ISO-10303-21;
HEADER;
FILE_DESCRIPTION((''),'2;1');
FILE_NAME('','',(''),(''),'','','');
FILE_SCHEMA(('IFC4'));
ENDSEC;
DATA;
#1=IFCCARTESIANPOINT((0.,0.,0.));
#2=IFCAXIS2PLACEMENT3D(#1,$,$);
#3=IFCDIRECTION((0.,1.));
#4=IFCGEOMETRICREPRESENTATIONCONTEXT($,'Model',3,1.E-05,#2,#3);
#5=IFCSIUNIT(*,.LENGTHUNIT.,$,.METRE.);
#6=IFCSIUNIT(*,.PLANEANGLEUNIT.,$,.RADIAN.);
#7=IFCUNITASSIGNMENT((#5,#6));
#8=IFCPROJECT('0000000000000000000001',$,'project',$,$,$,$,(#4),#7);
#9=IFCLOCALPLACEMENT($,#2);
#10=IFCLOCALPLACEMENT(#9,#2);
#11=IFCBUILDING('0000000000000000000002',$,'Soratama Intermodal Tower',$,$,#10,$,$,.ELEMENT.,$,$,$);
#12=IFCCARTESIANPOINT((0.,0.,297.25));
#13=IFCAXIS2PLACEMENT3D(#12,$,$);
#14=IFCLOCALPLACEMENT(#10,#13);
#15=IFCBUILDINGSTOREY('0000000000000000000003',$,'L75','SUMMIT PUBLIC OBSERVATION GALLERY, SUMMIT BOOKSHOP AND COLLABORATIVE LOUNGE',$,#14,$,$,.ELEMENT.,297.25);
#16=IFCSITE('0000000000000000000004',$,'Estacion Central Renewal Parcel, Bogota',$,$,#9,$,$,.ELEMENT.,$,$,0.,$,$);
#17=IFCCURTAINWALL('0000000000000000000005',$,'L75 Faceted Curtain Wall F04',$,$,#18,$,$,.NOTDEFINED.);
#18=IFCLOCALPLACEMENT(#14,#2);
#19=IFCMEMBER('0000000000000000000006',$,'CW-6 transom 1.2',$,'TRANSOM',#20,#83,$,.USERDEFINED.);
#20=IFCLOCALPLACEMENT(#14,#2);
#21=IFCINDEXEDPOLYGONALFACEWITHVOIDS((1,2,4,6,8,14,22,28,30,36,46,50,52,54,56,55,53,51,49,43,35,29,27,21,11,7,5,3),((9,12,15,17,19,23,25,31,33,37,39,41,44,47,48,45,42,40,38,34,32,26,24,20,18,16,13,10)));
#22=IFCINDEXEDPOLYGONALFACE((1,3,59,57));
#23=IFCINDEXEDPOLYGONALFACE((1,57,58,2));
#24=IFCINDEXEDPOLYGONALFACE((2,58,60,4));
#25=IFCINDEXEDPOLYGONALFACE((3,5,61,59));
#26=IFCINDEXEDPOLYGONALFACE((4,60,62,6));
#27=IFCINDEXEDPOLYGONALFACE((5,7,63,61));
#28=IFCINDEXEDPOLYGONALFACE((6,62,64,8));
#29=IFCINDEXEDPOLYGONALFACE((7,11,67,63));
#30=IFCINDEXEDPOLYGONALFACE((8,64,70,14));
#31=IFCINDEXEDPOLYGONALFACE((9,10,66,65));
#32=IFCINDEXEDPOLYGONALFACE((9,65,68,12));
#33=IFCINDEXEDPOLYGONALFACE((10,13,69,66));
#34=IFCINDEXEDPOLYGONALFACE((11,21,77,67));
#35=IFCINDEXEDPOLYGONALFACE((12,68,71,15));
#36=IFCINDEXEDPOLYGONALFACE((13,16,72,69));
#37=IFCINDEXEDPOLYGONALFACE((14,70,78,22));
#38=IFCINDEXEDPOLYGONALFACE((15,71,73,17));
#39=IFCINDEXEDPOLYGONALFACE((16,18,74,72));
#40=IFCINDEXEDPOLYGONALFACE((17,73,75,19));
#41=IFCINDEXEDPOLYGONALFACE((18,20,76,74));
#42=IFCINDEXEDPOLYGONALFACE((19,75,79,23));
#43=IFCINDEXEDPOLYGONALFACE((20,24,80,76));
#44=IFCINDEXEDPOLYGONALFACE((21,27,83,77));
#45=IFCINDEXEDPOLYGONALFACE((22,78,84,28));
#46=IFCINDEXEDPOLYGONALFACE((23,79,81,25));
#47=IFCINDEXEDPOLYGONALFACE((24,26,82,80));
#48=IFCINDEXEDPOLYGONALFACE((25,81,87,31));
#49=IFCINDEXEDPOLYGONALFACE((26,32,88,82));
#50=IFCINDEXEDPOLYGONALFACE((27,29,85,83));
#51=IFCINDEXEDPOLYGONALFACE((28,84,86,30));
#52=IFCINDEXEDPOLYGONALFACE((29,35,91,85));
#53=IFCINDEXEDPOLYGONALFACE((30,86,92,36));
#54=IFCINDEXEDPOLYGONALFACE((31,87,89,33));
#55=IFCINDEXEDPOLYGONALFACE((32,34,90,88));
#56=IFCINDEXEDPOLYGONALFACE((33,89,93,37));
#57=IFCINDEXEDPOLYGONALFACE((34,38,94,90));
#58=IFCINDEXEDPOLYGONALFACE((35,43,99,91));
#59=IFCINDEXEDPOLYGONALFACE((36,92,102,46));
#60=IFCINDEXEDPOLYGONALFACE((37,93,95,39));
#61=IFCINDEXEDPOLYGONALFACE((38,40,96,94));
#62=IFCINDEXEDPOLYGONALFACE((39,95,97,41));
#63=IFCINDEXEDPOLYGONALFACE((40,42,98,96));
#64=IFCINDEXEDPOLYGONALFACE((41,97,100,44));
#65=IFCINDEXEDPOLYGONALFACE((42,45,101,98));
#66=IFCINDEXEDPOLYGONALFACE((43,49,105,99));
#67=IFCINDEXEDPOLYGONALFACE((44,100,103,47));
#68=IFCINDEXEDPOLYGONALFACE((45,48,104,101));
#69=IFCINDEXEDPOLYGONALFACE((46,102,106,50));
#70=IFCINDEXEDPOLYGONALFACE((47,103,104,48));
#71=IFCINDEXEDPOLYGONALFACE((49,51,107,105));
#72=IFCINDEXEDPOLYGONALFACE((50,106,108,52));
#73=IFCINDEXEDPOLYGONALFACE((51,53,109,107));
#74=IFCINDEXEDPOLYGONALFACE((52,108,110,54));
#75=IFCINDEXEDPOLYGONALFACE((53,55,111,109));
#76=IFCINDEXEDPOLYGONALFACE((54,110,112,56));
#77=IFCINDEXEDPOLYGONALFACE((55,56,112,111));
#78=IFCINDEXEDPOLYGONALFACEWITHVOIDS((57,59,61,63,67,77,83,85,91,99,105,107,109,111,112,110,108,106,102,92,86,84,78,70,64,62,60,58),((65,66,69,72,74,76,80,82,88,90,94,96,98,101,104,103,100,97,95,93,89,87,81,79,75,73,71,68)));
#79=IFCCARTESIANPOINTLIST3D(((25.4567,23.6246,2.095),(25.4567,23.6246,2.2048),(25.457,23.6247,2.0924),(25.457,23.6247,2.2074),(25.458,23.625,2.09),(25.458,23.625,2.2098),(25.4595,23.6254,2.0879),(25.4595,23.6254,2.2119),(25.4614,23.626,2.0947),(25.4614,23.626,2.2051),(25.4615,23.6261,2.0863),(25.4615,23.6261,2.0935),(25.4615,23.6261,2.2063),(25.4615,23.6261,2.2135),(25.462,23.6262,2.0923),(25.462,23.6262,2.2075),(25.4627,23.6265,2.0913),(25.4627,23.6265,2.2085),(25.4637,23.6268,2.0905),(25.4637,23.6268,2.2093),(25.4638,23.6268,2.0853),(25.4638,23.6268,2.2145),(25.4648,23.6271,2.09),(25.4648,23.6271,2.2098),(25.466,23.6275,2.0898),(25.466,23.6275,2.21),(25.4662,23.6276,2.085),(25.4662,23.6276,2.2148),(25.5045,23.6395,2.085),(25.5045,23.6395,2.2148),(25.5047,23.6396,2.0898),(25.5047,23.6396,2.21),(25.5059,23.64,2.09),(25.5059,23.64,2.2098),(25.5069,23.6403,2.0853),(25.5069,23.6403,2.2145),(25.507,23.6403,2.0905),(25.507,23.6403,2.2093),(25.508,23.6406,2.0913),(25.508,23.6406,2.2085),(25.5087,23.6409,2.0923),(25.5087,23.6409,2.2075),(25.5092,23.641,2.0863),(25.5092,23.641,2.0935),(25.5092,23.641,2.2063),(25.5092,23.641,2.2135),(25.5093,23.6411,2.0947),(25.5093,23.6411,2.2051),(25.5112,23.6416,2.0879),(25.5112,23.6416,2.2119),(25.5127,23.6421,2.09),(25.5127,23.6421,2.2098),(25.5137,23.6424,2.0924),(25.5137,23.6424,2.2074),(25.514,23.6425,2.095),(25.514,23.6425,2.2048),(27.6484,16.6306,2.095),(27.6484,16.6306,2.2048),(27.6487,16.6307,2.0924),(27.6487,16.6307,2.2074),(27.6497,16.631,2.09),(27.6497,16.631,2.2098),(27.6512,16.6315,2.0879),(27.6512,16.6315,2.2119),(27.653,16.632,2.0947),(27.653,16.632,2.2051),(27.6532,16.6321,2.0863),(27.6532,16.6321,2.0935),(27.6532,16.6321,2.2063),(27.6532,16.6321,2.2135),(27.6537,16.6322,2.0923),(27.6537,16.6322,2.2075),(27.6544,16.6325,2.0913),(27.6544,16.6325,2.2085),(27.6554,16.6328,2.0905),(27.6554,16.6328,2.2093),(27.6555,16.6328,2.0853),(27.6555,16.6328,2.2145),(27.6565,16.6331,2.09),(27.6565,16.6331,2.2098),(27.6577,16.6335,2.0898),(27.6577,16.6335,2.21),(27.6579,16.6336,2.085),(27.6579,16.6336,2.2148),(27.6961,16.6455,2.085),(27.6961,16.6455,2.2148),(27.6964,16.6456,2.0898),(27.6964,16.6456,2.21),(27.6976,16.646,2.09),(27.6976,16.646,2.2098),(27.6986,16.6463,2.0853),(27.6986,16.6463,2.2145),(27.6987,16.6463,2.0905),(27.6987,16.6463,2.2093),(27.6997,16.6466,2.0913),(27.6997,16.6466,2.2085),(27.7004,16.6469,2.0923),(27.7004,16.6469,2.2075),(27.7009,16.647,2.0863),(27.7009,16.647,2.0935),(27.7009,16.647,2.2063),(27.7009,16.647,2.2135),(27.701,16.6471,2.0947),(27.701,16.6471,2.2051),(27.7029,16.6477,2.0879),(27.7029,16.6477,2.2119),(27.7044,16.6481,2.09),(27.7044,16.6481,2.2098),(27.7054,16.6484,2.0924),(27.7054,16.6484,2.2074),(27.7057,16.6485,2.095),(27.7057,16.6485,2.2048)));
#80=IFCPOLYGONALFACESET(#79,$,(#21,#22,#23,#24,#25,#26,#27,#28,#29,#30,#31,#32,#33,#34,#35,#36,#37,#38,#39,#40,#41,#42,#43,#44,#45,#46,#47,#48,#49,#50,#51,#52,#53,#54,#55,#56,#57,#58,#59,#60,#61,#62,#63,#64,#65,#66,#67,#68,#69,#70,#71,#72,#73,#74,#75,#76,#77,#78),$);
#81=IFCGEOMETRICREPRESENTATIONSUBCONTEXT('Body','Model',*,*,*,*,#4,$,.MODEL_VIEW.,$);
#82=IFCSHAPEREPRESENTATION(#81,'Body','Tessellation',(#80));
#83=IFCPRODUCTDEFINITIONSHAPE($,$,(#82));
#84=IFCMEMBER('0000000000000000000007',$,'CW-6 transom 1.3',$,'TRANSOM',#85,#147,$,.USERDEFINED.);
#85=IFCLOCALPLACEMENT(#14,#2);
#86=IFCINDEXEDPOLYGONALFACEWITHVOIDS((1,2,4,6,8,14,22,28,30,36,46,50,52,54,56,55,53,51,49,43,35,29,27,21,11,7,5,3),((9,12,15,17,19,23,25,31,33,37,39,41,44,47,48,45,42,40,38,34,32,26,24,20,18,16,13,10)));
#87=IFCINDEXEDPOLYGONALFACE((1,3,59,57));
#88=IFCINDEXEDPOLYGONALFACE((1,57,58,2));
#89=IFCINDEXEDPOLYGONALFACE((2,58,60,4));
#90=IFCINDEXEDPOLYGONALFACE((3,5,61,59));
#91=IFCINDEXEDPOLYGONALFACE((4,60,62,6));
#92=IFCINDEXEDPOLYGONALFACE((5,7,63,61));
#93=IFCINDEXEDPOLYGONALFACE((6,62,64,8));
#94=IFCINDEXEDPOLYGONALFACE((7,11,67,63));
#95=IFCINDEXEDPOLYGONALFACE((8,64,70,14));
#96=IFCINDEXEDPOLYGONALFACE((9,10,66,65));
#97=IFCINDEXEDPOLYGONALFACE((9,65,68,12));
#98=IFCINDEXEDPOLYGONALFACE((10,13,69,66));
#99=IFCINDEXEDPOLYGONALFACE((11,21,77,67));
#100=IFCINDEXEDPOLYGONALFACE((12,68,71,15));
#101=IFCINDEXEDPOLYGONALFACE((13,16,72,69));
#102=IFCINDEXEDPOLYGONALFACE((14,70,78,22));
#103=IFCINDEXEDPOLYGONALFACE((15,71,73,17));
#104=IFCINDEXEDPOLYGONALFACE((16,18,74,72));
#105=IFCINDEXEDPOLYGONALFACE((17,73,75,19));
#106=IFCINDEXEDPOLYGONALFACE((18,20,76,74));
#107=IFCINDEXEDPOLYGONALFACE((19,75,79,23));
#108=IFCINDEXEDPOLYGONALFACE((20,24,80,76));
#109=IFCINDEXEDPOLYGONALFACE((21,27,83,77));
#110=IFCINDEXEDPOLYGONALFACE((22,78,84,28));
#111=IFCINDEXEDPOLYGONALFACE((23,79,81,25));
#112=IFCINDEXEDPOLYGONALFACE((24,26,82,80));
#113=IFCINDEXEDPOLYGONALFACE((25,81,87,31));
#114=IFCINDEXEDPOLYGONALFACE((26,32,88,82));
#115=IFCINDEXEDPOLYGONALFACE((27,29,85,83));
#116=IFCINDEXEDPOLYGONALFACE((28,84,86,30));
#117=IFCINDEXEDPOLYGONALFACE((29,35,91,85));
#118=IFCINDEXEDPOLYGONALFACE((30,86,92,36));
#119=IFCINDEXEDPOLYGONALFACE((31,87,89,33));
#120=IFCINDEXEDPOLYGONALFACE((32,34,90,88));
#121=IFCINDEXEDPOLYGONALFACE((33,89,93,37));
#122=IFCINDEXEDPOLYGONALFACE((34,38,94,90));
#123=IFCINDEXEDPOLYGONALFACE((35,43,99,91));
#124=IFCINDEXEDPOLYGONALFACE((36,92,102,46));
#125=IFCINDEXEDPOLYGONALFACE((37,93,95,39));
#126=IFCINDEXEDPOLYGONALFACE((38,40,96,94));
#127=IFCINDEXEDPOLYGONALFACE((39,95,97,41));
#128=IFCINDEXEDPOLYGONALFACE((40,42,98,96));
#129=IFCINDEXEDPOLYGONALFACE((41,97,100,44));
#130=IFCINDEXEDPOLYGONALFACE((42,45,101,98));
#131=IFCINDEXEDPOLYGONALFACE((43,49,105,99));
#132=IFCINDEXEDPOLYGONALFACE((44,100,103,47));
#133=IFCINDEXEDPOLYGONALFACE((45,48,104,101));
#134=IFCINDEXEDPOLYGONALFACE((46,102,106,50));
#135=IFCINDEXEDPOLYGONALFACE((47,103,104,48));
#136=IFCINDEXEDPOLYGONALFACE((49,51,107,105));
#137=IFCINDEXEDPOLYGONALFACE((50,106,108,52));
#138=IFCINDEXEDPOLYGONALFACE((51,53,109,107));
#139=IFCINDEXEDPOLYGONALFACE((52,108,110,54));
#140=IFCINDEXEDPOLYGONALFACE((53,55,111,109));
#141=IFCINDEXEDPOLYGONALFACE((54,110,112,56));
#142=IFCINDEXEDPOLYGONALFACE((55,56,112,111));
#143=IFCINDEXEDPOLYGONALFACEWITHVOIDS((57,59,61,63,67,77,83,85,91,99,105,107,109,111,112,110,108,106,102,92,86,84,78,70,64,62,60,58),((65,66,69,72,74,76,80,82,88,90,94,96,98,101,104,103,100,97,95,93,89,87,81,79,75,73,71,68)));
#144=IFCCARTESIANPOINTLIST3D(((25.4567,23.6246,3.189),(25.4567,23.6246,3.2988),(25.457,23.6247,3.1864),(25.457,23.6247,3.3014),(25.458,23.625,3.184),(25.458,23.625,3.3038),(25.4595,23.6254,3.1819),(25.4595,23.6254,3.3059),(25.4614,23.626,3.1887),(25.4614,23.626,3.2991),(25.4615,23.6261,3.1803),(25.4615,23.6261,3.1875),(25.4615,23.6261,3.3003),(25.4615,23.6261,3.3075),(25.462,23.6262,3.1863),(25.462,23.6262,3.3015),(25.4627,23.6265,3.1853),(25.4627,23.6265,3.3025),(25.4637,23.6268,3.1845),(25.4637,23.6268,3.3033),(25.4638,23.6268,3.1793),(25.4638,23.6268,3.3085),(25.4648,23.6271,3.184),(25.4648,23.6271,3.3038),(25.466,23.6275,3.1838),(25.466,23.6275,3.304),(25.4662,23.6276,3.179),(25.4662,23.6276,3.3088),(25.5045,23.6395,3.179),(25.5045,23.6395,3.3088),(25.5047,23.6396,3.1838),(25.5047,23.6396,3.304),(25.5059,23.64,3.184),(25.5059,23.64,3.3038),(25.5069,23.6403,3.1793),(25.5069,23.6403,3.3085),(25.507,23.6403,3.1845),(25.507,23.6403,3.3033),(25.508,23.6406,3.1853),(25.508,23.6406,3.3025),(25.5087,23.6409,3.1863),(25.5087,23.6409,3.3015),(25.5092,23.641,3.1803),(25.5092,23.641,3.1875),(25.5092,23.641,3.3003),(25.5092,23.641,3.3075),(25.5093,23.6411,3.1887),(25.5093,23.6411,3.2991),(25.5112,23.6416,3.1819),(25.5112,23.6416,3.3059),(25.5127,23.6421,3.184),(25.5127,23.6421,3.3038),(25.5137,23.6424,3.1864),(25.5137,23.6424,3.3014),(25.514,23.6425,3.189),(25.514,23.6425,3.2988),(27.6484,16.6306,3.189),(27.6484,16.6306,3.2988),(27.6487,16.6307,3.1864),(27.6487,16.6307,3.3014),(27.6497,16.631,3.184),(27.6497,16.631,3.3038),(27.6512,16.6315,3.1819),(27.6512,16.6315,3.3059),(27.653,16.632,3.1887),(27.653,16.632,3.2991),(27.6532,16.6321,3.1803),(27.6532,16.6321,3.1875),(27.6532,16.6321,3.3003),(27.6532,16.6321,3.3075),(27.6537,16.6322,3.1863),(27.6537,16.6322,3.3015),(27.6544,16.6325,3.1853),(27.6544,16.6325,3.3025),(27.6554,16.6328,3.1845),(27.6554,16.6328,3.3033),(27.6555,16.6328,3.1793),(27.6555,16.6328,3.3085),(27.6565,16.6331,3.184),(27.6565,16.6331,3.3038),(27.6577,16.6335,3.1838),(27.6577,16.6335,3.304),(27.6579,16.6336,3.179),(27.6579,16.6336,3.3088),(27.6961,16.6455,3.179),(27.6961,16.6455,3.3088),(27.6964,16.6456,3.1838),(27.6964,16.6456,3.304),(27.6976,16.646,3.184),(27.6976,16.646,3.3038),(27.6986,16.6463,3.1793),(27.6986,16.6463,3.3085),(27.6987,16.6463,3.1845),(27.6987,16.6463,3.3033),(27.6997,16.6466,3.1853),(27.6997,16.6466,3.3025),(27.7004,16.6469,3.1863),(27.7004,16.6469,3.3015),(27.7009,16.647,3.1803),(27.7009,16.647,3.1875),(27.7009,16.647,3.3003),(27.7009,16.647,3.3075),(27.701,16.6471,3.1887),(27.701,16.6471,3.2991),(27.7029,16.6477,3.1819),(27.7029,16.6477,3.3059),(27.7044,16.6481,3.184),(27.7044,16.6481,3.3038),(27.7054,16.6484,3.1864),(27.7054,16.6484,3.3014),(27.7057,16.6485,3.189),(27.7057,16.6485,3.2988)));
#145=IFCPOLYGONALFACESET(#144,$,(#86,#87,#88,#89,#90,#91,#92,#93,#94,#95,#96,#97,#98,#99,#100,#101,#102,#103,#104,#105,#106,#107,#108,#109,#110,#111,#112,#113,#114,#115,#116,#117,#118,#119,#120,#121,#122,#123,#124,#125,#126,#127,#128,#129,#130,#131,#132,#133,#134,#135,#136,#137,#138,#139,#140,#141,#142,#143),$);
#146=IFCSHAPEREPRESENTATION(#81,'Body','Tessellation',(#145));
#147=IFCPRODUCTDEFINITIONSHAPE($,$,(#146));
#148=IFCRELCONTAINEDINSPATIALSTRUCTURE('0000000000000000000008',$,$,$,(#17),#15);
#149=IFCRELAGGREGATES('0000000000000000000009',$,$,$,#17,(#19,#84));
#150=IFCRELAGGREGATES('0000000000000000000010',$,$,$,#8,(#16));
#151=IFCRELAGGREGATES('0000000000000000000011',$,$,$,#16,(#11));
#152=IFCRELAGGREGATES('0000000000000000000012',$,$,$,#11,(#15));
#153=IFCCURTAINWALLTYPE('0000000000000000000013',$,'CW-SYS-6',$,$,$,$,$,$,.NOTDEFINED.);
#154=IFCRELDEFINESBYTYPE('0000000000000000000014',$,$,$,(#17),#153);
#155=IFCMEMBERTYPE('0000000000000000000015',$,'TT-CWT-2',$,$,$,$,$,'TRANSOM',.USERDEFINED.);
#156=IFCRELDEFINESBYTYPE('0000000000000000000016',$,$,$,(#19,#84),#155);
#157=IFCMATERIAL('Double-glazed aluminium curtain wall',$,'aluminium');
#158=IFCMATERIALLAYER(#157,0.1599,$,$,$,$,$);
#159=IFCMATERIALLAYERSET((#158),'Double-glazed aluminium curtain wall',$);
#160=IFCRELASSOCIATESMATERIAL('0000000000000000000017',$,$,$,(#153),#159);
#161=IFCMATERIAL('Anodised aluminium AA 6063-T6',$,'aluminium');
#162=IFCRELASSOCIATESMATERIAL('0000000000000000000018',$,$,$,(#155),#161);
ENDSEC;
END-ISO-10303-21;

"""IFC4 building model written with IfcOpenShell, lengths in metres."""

from ifc_helpers import new_model, si_unit, direction, frame, origin, origin_2d, place, context, subcontext, project, spatial, hollow_rectangle, extrude, material, layer, layer_set, material_profile, profile_set, type_object, element, aggregate, save


model = new_model("IFC4")

# Units and contexts
model_context = context("Model", 3, precision=1e-05, world=origin(), true_north=direction((0.0, 1.0)))
body_context = subcontext(model_context, "Body", "Model", "MODEL_VIEW")
ifc_project = project(units=[si_unit("LENGTHUNIT", "METRE"), si_unit("PLANEANGLEUNIT", "RADIAN")], contexts=[model_context])

# Site, building, storey
site_placement = place(None, origin())
site = spatial("IfcSite", under=ifc_project, at=site_placement, Name="Estacion Central Renewal Parcel, Bogota", CompositionType="ELEMENT", RefElevation=0.0)
building_placement = place(site_placement, origin())
building = spatial("IfcBuilding", under=site, at=building_placement, Name="Soratama Intermodal Tower", CompositionType="ELEMENT")
storey_placement = place(building_placement, frame((0.0, 0.0, 297.25)))
storey = spatial("IfcBuildingStorey", under=building, at=storey_placement, Name="L75", Description="SUMMIT PUBLIC OBSERVATION GALLERY, SUMMIT BOOKSHOP AND COLLABORATIVE LOUNGE", CompositionType="ELEMENT", Elevation=297.25)

# Curtain wall
ifc_material_1 = material(Name="Double-glazed aluminium curtain wall", Category="aluminium")
ifc_layer_1 = layer(ifc_material_1, 0.1599)
ifc_layer_set_1 = layer_set([ifc_layer_1], Name="Double-glazed aluminium curtain wall")
curtain_wall_type = type_object("IfcCurtainWallType", Name="CW-SYS-6", PredefinedType="NOTDEFINED", material=ifc_layer_set_1)
curtain_wall_1_placement = place(storey_placement, origin())
curtain_wall_1 = element("IfcCurtainWall", 1, at=curtain_wall_1_placement, inside=storey, type_object=curtain_wall_type, Name="L75 Faceted Curtain Wall F04", PredefinedType="NOTDEFINED")

# Members
ifc_material_2 = material(Name="Anodised aluminium AA 6063-T6", Category="aluminium")
ifc_material_profile_1 = material_profile(ifc_material_2, hollow_rectangle(XDim=0.0601, YDim=0.1299, WallThickness=0.0049, InnerFilletRadius=0.0049, OuterFilletRadius=0.01, at=origin_2d()), Name="CWT130X60X5")
ifc_profile_set_1 = profile_set([ifc_material_profile_1], Name="Anodised aluminium AA 6063-T6")
member_type_1 = type_object("IfcMemberType", Name="TT-CWT-2", ElementType="TRANSOM", PredefinedType="USERDEFINED", material=ifc_profile_set_1)
member_1_placement = place(storey_placement, frame((25.4854, 23.6335, 2.1499), z_axis=(0.299028, -0.954244, 0.0), x_axis=(0.954244, 0.299028, 0.0)))
member_1 = element("IfcMember", 2, at=member_1_placement, type_object=member_type_1, Name="CW-6 transom 1.2", ObjectType="TRANSOM", PredefinedType="USERDEFINED", context=body_context, shape_type="SweptSolid", body=[
    extrude(hollow_rectangle(XDim=0.0601, YDim=0.1299, WallThickness=0.0049, InnerFilletRadius=0.0049, OuterFilletRadius=0.01, at=origin_2d()), origin(), (0.0, 0.0, 1.0), 7.3293),
])
member_2_placement = place(storey_placement, frame((25.4854, 23.6335, 3.2439), z_axis=(0.299028, -0.954244, 0.0), x_axis=(0.954244, 0.299028, 0.0)))
member_2 = element("IfcMember", 3, at=member_2_placement, type_object=member_type_1, Name="CW-6 transom 1.3", ObjectType="TRANSOM", PredefinedType="USERDEFINED", context=body_context, shape_type="SweptSolid", body=[
    extrude(hollow_rectangle(XDim=0.0601, YDim=0.1299, WallThickness=0.0049, InnerFilletRadius=0.0049, OuterFilletRadius=0.01, at=origin_2d()), origin(), (0.0, 0.0, 1.0), 7.3293),
])

aggregate(curtain_wall_1, [member_1, member_2])

save(model, "model.ifc")
